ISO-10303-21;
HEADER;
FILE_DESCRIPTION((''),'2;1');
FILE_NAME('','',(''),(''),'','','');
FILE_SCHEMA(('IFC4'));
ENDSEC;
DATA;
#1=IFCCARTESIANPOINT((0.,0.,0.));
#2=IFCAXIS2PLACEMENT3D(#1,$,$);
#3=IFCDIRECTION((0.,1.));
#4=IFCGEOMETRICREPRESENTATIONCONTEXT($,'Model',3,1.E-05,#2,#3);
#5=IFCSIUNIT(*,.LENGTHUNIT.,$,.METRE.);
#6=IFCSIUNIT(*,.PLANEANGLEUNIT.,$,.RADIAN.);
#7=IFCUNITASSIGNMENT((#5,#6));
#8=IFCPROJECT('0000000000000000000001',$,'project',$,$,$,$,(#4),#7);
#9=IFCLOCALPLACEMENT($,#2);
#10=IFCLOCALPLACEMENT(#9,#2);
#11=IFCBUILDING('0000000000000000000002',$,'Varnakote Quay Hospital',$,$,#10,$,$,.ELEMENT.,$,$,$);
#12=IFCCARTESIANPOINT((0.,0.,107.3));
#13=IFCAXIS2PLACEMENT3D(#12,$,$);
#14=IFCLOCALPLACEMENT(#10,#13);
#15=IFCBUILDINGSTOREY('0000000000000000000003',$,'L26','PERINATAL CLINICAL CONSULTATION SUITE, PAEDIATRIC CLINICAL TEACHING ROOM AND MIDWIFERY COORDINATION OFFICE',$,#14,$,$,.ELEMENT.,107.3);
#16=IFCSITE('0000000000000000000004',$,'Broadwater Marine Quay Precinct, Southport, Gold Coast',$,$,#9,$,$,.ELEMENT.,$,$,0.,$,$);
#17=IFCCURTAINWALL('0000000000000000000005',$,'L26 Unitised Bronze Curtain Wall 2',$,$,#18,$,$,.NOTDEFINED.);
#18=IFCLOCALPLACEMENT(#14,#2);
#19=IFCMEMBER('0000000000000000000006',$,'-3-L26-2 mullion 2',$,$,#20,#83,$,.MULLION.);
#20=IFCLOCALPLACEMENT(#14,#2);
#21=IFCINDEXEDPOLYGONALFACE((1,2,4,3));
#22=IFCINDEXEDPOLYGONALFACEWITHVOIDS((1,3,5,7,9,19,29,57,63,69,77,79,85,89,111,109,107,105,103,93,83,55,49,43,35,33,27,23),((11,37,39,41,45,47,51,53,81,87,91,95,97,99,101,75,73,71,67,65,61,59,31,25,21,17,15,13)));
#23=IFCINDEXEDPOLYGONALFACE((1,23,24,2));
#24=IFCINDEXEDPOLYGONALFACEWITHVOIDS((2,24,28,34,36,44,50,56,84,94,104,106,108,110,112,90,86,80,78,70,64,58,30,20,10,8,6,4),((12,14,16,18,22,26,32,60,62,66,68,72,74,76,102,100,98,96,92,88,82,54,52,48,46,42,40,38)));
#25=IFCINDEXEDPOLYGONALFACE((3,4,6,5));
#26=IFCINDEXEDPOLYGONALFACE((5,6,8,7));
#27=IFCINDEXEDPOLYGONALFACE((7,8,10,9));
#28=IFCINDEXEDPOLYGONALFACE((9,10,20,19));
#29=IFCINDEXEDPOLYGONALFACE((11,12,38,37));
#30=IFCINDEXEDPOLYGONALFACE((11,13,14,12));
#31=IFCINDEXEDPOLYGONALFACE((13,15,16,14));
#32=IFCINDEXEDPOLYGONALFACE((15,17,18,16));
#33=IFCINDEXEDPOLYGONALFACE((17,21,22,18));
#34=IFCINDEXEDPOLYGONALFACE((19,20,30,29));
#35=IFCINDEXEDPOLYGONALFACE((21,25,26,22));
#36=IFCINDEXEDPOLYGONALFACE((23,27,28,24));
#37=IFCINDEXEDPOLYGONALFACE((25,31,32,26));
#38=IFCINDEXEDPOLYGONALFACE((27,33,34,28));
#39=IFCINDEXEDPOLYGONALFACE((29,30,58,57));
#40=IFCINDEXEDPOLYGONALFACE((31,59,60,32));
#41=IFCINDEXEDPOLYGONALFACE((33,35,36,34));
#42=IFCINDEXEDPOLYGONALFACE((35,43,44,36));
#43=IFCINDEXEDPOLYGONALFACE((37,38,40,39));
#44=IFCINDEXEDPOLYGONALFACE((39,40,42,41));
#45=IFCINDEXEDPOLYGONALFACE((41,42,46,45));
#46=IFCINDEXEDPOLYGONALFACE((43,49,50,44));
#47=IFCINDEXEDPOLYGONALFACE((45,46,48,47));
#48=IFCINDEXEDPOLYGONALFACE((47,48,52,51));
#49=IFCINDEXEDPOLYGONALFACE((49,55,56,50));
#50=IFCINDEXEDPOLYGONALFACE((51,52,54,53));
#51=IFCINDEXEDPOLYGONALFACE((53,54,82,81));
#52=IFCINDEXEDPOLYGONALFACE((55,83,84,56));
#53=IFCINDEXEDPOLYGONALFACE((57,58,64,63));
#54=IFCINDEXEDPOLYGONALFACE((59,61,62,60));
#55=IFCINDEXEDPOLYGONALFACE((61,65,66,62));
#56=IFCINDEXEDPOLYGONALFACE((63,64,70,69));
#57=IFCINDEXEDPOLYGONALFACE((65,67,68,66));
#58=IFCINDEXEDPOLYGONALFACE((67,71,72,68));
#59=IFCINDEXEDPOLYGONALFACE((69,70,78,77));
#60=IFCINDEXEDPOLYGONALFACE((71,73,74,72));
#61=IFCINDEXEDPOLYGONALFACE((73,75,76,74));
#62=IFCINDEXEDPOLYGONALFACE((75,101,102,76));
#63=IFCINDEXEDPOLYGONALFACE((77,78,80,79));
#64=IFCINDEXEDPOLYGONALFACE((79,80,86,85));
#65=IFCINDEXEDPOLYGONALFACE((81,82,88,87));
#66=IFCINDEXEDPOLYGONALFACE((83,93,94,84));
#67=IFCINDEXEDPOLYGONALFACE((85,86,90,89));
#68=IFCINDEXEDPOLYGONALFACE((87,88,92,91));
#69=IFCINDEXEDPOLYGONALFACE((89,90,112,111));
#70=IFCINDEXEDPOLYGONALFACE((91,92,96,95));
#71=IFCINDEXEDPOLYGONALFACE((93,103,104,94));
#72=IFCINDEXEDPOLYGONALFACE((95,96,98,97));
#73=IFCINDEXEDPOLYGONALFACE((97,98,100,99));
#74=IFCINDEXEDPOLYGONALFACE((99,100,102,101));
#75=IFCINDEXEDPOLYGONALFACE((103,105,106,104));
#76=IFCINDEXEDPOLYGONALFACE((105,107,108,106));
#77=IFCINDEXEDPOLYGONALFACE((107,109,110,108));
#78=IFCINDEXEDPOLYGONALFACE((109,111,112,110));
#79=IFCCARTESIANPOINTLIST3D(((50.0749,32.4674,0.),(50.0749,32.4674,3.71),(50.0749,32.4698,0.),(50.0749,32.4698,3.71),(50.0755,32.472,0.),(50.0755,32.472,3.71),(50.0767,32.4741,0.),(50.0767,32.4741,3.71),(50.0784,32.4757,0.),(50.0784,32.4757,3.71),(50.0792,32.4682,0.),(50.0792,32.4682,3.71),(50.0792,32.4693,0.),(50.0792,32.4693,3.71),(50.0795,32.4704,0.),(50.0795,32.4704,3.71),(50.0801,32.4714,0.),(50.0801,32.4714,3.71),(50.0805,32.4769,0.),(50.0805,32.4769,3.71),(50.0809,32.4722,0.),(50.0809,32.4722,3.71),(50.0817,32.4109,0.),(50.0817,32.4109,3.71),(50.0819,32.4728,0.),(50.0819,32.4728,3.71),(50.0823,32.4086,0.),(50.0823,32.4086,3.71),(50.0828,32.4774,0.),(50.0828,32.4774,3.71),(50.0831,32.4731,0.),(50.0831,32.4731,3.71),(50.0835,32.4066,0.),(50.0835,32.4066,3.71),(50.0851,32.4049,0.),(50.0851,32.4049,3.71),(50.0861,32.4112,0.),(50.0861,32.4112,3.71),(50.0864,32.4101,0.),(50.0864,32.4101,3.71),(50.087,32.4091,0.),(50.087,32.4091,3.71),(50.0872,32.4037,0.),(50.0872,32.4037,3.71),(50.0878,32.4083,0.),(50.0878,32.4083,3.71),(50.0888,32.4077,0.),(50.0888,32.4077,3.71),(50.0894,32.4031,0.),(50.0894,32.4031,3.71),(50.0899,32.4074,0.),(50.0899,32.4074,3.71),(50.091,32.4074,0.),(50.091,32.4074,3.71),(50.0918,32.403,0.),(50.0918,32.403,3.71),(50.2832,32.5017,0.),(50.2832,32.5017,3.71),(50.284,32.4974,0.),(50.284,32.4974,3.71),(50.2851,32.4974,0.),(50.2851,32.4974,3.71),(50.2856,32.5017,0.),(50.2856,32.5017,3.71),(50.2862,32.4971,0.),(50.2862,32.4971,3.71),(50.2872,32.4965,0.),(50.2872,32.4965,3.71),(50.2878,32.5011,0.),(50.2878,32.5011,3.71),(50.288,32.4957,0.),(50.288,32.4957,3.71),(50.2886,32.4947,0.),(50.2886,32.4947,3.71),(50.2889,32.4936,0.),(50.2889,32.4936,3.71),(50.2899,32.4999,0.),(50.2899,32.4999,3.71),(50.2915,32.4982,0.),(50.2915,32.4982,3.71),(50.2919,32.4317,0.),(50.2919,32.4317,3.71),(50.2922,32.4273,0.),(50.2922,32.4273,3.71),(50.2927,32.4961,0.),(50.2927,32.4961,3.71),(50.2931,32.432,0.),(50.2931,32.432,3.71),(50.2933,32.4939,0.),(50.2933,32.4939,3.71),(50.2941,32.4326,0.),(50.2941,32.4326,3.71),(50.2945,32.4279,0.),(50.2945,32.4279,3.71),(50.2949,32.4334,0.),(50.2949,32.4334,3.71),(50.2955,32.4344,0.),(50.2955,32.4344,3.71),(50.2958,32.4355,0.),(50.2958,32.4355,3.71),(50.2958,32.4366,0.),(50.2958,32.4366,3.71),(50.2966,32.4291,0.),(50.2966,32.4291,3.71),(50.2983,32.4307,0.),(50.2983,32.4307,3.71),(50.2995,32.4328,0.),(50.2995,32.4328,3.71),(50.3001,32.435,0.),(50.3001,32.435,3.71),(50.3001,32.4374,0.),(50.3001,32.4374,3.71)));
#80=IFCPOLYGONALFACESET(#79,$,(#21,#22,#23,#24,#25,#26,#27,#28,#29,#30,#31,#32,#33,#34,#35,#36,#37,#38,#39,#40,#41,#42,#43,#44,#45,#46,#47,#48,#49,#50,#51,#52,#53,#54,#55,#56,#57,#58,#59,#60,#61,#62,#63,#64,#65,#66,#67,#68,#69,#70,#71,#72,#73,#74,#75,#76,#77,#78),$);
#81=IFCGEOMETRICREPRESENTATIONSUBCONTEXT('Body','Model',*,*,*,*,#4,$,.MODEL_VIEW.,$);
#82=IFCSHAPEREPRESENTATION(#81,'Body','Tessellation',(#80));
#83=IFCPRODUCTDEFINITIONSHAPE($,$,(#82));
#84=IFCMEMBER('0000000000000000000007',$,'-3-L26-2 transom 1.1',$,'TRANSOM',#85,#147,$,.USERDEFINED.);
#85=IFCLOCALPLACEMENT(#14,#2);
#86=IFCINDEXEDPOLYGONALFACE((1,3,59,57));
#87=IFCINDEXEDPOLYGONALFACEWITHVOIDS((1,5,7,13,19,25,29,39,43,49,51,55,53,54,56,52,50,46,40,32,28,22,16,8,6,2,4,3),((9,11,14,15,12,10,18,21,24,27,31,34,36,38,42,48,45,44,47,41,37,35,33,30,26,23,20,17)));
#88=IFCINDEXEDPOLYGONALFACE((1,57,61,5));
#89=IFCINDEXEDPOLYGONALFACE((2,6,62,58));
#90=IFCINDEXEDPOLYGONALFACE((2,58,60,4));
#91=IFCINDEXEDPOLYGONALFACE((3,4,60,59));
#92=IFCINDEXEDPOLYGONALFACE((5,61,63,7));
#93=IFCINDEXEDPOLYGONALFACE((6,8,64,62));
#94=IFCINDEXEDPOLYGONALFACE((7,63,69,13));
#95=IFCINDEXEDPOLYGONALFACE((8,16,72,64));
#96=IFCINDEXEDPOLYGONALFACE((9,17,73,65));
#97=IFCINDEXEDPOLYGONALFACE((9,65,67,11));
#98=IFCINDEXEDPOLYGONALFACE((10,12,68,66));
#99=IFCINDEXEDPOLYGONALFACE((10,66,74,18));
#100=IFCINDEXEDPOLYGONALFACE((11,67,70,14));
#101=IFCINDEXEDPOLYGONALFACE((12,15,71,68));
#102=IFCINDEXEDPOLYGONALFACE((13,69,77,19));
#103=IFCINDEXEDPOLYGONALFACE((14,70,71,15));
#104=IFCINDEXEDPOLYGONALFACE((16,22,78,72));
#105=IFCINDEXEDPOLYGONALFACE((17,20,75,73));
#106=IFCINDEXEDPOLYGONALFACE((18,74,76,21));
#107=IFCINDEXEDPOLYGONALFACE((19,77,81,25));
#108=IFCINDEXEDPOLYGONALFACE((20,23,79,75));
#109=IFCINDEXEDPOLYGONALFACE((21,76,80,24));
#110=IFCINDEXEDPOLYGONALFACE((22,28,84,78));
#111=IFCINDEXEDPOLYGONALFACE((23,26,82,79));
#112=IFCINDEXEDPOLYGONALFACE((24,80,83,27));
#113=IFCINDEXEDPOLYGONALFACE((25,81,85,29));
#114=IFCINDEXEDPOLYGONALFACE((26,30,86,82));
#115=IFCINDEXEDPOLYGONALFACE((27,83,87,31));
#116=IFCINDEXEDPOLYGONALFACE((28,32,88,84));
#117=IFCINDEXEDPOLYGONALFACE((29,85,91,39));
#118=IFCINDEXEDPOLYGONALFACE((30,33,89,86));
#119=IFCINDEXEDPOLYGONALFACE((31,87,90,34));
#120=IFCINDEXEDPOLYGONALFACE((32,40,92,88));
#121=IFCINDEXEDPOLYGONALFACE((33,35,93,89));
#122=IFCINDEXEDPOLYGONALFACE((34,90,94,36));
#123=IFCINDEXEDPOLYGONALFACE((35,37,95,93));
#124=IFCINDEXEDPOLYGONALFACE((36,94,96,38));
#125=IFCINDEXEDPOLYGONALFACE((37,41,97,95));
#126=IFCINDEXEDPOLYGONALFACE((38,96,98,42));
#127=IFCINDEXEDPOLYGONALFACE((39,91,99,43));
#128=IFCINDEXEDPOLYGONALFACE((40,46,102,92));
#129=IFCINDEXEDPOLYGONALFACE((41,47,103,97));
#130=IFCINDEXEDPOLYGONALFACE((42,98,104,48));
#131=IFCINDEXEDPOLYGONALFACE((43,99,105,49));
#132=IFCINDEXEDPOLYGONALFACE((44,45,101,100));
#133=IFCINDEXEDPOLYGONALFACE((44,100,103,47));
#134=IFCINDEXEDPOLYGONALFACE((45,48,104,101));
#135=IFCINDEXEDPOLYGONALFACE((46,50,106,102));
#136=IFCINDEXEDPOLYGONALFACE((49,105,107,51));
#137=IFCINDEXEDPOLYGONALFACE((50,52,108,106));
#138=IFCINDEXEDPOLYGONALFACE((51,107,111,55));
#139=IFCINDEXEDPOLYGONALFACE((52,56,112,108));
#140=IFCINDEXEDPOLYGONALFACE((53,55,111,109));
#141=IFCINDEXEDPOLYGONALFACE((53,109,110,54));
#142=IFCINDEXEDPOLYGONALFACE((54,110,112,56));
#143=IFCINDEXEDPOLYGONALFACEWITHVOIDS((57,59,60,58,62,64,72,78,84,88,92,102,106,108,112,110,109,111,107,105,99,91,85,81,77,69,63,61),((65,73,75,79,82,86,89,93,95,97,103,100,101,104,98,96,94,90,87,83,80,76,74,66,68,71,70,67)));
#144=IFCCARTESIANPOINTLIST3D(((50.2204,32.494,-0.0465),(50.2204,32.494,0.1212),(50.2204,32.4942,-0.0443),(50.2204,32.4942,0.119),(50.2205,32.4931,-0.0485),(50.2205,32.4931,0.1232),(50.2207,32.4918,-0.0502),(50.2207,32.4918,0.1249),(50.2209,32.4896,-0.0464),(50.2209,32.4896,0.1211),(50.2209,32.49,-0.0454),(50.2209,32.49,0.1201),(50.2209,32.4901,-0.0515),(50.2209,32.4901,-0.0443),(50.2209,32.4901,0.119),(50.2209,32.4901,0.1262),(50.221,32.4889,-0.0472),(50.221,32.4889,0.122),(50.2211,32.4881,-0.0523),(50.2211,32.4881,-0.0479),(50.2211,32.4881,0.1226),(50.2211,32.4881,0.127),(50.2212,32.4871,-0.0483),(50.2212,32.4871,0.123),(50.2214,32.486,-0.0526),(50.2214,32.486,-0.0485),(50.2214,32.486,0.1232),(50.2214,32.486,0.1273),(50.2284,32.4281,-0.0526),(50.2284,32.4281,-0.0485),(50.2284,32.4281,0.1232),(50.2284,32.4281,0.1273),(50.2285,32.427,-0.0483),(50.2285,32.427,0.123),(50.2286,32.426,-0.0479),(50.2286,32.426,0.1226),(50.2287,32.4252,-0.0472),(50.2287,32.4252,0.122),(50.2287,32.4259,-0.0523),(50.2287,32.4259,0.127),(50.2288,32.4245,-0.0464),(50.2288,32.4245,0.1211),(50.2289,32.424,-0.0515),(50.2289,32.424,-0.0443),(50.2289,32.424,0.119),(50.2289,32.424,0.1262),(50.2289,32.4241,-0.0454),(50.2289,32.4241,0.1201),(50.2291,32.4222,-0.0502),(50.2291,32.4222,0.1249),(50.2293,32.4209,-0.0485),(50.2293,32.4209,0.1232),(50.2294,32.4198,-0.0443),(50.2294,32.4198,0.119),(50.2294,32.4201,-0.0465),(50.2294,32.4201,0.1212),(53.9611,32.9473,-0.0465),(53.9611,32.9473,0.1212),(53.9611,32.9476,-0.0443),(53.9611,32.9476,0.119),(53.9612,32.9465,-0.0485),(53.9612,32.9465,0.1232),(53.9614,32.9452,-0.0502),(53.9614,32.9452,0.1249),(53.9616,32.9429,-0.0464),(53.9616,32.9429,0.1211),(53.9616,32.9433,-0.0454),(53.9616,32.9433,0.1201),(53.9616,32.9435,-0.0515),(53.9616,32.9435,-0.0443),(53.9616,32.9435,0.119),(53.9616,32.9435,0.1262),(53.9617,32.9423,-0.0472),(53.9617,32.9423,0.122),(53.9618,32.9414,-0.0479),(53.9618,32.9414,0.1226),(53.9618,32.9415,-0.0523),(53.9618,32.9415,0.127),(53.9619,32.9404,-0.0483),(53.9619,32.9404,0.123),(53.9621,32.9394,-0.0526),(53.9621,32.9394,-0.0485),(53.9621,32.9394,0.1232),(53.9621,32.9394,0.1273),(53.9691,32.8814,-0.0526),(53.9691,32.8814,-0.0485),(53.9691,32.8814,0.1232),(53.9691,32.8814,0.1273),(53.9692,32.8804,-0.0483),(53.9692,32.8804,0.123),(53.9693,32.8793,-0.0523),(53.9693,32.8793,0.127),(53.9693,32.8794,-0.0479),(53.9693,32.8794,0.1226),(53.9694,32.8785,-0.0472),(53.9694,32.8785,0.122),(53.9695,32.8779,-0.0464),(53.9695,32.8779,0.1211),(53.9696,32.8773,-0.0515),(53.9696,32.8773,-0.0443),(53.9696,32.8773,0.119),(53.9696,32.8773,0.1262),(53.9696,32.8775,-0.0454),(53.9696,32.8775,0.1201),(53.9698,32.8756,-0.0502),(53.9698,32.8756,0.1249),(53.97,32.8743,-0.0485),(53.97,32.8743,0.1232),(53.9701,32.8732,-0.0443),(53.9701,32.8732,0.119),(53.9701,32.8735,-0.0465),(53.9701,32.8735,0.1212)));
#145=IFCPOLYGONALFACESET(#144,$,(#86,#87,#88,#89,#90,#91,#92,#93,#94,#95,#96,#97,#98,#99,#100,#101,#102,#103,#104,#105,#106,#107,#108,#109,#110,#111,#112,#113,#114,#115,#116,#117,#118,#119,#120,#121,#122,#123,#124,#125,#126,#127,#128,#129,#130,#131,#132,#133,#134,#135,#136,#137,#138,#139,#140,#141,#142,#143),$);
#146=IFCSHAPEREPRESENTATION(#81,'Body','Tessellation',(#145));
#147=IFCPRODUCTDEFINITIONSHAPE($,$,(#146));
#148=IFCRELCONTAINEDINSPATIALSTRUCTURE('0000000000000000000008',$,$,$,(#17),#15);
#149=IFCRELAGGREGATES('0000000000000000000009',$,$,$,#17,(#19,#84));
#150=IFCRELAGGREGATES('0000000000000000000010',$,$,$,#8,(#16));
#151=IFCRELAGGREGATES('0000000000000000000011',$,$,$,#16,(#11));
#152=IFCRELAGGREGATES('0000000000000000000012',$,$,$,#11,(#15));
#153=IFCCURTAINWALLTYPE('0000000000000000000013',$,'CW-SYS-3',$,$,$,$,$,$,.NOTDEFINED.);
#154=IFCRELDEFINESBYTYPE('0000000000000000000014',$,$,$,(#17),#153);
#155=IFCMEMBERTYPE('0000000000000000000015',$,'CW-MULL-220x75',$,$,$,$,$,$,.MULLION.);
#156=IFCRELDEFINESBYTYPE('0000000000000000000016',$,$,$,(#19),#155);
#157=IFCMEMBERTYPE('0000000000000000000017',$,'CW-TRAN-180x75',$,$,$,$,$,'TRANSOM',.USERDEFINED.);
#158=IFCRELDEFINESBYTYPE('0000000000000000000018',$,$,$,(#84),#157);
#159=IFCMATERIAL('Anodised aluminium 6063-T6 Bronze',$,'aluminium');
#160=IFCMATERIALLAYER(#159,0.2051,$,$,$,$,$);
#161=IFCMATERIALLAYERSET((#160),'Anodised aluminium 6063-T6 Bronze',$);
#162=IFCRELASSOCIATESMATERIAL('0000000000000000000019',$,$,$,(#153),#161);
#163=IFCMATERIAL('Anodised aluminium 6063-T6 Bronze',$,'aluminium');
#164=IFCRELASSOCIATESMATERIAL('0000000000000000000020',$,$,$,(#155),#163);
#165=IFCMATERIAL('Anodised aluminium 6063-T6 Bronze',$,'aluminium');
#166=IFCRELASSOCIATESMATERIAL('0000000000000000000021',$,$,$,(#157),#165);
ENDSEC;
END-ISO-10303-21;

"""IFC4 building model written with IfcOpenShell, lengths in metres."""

from ifc_helpers import new_model, si_unit, direction, frame, origin, origin_2d, place, context, subcontext, project, spatial, hollow_rectangle, extrude, material, layer, layer_set, material_profile, profile_set, type_object, element, aggregate, save


model = new_model("IFC4")

# Units and contexts
model_context = context("Model", 3, precision=1e-05, world=origin(), true_north=direction((0.0, 1.0)))
body_context = subcontext(model_context, "Body", "Model", "MODEL_VIEW")
ifc_project = project(units=[si_unit("LENGTHUNIT", "METRE"), si_unit("PLANEANGLEUNIT", "RADIAN")], contexts=[model_context])

# Site, building, storey
site_placement = place(None, origin())
site = spatial("IfcSite", under=ifc_project, at=site_placement, Name="Broadwater Marine Quay Precinct, Southport, Gold Coast", CompositionType="ELEMENT", RefElevation=0.0)
building_placement = place(site_placement, origin())
building = spatial("IfcBuilding", under=site, at=building_placement, Name="Varnakote Quay Hospital", CompositionType="ELEMENT")
storey_placement = place(building_placement, frame((0.0, 0.0, 107.3)))
storey = spatial("IfcBuildingStorey", under=building, at=storey_placement, Name="L26", Description="PERINATAL CLINICAL CONSULTATION SUITE, PAEDIATRIC CLINICAL TEACHING ROOM AND MIDWIFERY COORDINATION OFFICE", CompositionType="ELEMENT", Elevation=107.3)

# Shared definitions
ifc_material_1 = material(Name="Anodised aluminium 6063-T6 Bronze", Category="aluminium")
ifc_layer_1 = layer(ifc_material_1, 0.2051)
ifc_layer_set_1 = layer_set([ifc_layer_1], Name="Anodised aluminium 6063-T6 Bronze")
curtain_wall_type = type_object("IfcCurtainWallType", Name="CW-SYS-3", PredefinedType="NOTDEFINED", material=ifc_layer_set_1)
ifc_material_2 = material(Name="Anodised aluminium 6063-T6 Bronze", Category="aluminium")
ifc_material_profile_1 = material_profile(ifc_material_2, hollow_rectangle(XDim=0.075, YDim=0.22, WallThickness=0.0044, InnerFilletRadius=0.0044, OuterFilletRadius=0.009, at=origin_2d()), Name="CW-MULL-220x75")
ifc_profile_set_1 = profile_set([ifc_material_profile_1], Name="Anodised aluminium 6063-T6 Bronze")
member_type_1 = type_object("IfcMemberType", Name="CW-MULL-220x75", PredefinedType="MULLION", material=ifc_profile_set_1)

# Curtain wall, members
curtain_wall_1_placement = place(storey_placement, origin())
curtain_wall_1 = element("IfcCurtainWall", 1, at=curtain_wall_1_placement, inside=storey, type_object=curtain_wall_type, Name="L26 Unitised Bronze Curtain Wall 2", PredefinedType="NOTDEFINED")
member_1_placement = place(storey_placement, frame((50.1875, 32.4524, 0.0), z_axis=(0.0, 0.0, 1.0), x_axis=(0.120327, -0.992734, 0.0)))
member_1 = element("IfcMember", 2, at=member_1_placement, type_object=member_type_1, Name="-3-L26-2 mullion 2", PredefinedType="MULLION", context=body_context, shape_type="SweptSolid", body=[
    extrude(hollow_rectangle(XDim=0.075, YDim=0.22, WallThickness=0.0044, InnerFilletRadius=0.0044, OuterFilletRadius=0.009, at=origin_2d()), origin(), (0.0, 0.0, 1.0), 3.71),
])
ifc_material_3 = material(Name="Anodised aluminium 6063-T6 Bronze", Category="aluminium")
ifc_material_profile_2 = material_profile(ifc_material_3, hollow_rectangle(XDim=0.075, YDim=0.1799, WallThickness=0.0042, InnerFilletRadius=0.0042, OuterFilletRadius=0.0083, at=origin_2d()), Name="CW-TRAN-180x75")
ifc_profile_set_2 = profile_set([ifc_material_profile_2], Name="Anodised aluminium 6063-T6 Bronze")
member_type_2 = type_object("IfcMemberType", Name="CW-TRAN-180x75", ElementType="TRANSOM", PredefinedType="USERDEFINED", material=ifc_profile_set_2)
member_2_placement = place(storey_placement, frame((53.9656, 32.9104, 0.0374), z_axis=(-0.992735, -0.120318, 0.0), x_axis=(0.120318, -0.992735, 0.0)))
member_2 = element("IfcMember", 3, at=member_2_placement, type_object=member_type_2, Name="-3-L26-2 transom 1.1", ObjectType="TRANSOM", PredefinedType="USERDEFINED", context=body_context, shape_type="SweptSolid", body=[
    extrude(hollow_rectangle(XDim=0.075, YDim=0.1799, WallThickness=0.0042, InnerFilletRadius=0.0042, OuterFilletRadius=0.0083, at=origin_2d()), origin(), (0.0, 0.0, 1.0), 3.7681),
])

aggregate(curtain_wall_1, [member_1, member_2])

save(model, "model.ifc")
